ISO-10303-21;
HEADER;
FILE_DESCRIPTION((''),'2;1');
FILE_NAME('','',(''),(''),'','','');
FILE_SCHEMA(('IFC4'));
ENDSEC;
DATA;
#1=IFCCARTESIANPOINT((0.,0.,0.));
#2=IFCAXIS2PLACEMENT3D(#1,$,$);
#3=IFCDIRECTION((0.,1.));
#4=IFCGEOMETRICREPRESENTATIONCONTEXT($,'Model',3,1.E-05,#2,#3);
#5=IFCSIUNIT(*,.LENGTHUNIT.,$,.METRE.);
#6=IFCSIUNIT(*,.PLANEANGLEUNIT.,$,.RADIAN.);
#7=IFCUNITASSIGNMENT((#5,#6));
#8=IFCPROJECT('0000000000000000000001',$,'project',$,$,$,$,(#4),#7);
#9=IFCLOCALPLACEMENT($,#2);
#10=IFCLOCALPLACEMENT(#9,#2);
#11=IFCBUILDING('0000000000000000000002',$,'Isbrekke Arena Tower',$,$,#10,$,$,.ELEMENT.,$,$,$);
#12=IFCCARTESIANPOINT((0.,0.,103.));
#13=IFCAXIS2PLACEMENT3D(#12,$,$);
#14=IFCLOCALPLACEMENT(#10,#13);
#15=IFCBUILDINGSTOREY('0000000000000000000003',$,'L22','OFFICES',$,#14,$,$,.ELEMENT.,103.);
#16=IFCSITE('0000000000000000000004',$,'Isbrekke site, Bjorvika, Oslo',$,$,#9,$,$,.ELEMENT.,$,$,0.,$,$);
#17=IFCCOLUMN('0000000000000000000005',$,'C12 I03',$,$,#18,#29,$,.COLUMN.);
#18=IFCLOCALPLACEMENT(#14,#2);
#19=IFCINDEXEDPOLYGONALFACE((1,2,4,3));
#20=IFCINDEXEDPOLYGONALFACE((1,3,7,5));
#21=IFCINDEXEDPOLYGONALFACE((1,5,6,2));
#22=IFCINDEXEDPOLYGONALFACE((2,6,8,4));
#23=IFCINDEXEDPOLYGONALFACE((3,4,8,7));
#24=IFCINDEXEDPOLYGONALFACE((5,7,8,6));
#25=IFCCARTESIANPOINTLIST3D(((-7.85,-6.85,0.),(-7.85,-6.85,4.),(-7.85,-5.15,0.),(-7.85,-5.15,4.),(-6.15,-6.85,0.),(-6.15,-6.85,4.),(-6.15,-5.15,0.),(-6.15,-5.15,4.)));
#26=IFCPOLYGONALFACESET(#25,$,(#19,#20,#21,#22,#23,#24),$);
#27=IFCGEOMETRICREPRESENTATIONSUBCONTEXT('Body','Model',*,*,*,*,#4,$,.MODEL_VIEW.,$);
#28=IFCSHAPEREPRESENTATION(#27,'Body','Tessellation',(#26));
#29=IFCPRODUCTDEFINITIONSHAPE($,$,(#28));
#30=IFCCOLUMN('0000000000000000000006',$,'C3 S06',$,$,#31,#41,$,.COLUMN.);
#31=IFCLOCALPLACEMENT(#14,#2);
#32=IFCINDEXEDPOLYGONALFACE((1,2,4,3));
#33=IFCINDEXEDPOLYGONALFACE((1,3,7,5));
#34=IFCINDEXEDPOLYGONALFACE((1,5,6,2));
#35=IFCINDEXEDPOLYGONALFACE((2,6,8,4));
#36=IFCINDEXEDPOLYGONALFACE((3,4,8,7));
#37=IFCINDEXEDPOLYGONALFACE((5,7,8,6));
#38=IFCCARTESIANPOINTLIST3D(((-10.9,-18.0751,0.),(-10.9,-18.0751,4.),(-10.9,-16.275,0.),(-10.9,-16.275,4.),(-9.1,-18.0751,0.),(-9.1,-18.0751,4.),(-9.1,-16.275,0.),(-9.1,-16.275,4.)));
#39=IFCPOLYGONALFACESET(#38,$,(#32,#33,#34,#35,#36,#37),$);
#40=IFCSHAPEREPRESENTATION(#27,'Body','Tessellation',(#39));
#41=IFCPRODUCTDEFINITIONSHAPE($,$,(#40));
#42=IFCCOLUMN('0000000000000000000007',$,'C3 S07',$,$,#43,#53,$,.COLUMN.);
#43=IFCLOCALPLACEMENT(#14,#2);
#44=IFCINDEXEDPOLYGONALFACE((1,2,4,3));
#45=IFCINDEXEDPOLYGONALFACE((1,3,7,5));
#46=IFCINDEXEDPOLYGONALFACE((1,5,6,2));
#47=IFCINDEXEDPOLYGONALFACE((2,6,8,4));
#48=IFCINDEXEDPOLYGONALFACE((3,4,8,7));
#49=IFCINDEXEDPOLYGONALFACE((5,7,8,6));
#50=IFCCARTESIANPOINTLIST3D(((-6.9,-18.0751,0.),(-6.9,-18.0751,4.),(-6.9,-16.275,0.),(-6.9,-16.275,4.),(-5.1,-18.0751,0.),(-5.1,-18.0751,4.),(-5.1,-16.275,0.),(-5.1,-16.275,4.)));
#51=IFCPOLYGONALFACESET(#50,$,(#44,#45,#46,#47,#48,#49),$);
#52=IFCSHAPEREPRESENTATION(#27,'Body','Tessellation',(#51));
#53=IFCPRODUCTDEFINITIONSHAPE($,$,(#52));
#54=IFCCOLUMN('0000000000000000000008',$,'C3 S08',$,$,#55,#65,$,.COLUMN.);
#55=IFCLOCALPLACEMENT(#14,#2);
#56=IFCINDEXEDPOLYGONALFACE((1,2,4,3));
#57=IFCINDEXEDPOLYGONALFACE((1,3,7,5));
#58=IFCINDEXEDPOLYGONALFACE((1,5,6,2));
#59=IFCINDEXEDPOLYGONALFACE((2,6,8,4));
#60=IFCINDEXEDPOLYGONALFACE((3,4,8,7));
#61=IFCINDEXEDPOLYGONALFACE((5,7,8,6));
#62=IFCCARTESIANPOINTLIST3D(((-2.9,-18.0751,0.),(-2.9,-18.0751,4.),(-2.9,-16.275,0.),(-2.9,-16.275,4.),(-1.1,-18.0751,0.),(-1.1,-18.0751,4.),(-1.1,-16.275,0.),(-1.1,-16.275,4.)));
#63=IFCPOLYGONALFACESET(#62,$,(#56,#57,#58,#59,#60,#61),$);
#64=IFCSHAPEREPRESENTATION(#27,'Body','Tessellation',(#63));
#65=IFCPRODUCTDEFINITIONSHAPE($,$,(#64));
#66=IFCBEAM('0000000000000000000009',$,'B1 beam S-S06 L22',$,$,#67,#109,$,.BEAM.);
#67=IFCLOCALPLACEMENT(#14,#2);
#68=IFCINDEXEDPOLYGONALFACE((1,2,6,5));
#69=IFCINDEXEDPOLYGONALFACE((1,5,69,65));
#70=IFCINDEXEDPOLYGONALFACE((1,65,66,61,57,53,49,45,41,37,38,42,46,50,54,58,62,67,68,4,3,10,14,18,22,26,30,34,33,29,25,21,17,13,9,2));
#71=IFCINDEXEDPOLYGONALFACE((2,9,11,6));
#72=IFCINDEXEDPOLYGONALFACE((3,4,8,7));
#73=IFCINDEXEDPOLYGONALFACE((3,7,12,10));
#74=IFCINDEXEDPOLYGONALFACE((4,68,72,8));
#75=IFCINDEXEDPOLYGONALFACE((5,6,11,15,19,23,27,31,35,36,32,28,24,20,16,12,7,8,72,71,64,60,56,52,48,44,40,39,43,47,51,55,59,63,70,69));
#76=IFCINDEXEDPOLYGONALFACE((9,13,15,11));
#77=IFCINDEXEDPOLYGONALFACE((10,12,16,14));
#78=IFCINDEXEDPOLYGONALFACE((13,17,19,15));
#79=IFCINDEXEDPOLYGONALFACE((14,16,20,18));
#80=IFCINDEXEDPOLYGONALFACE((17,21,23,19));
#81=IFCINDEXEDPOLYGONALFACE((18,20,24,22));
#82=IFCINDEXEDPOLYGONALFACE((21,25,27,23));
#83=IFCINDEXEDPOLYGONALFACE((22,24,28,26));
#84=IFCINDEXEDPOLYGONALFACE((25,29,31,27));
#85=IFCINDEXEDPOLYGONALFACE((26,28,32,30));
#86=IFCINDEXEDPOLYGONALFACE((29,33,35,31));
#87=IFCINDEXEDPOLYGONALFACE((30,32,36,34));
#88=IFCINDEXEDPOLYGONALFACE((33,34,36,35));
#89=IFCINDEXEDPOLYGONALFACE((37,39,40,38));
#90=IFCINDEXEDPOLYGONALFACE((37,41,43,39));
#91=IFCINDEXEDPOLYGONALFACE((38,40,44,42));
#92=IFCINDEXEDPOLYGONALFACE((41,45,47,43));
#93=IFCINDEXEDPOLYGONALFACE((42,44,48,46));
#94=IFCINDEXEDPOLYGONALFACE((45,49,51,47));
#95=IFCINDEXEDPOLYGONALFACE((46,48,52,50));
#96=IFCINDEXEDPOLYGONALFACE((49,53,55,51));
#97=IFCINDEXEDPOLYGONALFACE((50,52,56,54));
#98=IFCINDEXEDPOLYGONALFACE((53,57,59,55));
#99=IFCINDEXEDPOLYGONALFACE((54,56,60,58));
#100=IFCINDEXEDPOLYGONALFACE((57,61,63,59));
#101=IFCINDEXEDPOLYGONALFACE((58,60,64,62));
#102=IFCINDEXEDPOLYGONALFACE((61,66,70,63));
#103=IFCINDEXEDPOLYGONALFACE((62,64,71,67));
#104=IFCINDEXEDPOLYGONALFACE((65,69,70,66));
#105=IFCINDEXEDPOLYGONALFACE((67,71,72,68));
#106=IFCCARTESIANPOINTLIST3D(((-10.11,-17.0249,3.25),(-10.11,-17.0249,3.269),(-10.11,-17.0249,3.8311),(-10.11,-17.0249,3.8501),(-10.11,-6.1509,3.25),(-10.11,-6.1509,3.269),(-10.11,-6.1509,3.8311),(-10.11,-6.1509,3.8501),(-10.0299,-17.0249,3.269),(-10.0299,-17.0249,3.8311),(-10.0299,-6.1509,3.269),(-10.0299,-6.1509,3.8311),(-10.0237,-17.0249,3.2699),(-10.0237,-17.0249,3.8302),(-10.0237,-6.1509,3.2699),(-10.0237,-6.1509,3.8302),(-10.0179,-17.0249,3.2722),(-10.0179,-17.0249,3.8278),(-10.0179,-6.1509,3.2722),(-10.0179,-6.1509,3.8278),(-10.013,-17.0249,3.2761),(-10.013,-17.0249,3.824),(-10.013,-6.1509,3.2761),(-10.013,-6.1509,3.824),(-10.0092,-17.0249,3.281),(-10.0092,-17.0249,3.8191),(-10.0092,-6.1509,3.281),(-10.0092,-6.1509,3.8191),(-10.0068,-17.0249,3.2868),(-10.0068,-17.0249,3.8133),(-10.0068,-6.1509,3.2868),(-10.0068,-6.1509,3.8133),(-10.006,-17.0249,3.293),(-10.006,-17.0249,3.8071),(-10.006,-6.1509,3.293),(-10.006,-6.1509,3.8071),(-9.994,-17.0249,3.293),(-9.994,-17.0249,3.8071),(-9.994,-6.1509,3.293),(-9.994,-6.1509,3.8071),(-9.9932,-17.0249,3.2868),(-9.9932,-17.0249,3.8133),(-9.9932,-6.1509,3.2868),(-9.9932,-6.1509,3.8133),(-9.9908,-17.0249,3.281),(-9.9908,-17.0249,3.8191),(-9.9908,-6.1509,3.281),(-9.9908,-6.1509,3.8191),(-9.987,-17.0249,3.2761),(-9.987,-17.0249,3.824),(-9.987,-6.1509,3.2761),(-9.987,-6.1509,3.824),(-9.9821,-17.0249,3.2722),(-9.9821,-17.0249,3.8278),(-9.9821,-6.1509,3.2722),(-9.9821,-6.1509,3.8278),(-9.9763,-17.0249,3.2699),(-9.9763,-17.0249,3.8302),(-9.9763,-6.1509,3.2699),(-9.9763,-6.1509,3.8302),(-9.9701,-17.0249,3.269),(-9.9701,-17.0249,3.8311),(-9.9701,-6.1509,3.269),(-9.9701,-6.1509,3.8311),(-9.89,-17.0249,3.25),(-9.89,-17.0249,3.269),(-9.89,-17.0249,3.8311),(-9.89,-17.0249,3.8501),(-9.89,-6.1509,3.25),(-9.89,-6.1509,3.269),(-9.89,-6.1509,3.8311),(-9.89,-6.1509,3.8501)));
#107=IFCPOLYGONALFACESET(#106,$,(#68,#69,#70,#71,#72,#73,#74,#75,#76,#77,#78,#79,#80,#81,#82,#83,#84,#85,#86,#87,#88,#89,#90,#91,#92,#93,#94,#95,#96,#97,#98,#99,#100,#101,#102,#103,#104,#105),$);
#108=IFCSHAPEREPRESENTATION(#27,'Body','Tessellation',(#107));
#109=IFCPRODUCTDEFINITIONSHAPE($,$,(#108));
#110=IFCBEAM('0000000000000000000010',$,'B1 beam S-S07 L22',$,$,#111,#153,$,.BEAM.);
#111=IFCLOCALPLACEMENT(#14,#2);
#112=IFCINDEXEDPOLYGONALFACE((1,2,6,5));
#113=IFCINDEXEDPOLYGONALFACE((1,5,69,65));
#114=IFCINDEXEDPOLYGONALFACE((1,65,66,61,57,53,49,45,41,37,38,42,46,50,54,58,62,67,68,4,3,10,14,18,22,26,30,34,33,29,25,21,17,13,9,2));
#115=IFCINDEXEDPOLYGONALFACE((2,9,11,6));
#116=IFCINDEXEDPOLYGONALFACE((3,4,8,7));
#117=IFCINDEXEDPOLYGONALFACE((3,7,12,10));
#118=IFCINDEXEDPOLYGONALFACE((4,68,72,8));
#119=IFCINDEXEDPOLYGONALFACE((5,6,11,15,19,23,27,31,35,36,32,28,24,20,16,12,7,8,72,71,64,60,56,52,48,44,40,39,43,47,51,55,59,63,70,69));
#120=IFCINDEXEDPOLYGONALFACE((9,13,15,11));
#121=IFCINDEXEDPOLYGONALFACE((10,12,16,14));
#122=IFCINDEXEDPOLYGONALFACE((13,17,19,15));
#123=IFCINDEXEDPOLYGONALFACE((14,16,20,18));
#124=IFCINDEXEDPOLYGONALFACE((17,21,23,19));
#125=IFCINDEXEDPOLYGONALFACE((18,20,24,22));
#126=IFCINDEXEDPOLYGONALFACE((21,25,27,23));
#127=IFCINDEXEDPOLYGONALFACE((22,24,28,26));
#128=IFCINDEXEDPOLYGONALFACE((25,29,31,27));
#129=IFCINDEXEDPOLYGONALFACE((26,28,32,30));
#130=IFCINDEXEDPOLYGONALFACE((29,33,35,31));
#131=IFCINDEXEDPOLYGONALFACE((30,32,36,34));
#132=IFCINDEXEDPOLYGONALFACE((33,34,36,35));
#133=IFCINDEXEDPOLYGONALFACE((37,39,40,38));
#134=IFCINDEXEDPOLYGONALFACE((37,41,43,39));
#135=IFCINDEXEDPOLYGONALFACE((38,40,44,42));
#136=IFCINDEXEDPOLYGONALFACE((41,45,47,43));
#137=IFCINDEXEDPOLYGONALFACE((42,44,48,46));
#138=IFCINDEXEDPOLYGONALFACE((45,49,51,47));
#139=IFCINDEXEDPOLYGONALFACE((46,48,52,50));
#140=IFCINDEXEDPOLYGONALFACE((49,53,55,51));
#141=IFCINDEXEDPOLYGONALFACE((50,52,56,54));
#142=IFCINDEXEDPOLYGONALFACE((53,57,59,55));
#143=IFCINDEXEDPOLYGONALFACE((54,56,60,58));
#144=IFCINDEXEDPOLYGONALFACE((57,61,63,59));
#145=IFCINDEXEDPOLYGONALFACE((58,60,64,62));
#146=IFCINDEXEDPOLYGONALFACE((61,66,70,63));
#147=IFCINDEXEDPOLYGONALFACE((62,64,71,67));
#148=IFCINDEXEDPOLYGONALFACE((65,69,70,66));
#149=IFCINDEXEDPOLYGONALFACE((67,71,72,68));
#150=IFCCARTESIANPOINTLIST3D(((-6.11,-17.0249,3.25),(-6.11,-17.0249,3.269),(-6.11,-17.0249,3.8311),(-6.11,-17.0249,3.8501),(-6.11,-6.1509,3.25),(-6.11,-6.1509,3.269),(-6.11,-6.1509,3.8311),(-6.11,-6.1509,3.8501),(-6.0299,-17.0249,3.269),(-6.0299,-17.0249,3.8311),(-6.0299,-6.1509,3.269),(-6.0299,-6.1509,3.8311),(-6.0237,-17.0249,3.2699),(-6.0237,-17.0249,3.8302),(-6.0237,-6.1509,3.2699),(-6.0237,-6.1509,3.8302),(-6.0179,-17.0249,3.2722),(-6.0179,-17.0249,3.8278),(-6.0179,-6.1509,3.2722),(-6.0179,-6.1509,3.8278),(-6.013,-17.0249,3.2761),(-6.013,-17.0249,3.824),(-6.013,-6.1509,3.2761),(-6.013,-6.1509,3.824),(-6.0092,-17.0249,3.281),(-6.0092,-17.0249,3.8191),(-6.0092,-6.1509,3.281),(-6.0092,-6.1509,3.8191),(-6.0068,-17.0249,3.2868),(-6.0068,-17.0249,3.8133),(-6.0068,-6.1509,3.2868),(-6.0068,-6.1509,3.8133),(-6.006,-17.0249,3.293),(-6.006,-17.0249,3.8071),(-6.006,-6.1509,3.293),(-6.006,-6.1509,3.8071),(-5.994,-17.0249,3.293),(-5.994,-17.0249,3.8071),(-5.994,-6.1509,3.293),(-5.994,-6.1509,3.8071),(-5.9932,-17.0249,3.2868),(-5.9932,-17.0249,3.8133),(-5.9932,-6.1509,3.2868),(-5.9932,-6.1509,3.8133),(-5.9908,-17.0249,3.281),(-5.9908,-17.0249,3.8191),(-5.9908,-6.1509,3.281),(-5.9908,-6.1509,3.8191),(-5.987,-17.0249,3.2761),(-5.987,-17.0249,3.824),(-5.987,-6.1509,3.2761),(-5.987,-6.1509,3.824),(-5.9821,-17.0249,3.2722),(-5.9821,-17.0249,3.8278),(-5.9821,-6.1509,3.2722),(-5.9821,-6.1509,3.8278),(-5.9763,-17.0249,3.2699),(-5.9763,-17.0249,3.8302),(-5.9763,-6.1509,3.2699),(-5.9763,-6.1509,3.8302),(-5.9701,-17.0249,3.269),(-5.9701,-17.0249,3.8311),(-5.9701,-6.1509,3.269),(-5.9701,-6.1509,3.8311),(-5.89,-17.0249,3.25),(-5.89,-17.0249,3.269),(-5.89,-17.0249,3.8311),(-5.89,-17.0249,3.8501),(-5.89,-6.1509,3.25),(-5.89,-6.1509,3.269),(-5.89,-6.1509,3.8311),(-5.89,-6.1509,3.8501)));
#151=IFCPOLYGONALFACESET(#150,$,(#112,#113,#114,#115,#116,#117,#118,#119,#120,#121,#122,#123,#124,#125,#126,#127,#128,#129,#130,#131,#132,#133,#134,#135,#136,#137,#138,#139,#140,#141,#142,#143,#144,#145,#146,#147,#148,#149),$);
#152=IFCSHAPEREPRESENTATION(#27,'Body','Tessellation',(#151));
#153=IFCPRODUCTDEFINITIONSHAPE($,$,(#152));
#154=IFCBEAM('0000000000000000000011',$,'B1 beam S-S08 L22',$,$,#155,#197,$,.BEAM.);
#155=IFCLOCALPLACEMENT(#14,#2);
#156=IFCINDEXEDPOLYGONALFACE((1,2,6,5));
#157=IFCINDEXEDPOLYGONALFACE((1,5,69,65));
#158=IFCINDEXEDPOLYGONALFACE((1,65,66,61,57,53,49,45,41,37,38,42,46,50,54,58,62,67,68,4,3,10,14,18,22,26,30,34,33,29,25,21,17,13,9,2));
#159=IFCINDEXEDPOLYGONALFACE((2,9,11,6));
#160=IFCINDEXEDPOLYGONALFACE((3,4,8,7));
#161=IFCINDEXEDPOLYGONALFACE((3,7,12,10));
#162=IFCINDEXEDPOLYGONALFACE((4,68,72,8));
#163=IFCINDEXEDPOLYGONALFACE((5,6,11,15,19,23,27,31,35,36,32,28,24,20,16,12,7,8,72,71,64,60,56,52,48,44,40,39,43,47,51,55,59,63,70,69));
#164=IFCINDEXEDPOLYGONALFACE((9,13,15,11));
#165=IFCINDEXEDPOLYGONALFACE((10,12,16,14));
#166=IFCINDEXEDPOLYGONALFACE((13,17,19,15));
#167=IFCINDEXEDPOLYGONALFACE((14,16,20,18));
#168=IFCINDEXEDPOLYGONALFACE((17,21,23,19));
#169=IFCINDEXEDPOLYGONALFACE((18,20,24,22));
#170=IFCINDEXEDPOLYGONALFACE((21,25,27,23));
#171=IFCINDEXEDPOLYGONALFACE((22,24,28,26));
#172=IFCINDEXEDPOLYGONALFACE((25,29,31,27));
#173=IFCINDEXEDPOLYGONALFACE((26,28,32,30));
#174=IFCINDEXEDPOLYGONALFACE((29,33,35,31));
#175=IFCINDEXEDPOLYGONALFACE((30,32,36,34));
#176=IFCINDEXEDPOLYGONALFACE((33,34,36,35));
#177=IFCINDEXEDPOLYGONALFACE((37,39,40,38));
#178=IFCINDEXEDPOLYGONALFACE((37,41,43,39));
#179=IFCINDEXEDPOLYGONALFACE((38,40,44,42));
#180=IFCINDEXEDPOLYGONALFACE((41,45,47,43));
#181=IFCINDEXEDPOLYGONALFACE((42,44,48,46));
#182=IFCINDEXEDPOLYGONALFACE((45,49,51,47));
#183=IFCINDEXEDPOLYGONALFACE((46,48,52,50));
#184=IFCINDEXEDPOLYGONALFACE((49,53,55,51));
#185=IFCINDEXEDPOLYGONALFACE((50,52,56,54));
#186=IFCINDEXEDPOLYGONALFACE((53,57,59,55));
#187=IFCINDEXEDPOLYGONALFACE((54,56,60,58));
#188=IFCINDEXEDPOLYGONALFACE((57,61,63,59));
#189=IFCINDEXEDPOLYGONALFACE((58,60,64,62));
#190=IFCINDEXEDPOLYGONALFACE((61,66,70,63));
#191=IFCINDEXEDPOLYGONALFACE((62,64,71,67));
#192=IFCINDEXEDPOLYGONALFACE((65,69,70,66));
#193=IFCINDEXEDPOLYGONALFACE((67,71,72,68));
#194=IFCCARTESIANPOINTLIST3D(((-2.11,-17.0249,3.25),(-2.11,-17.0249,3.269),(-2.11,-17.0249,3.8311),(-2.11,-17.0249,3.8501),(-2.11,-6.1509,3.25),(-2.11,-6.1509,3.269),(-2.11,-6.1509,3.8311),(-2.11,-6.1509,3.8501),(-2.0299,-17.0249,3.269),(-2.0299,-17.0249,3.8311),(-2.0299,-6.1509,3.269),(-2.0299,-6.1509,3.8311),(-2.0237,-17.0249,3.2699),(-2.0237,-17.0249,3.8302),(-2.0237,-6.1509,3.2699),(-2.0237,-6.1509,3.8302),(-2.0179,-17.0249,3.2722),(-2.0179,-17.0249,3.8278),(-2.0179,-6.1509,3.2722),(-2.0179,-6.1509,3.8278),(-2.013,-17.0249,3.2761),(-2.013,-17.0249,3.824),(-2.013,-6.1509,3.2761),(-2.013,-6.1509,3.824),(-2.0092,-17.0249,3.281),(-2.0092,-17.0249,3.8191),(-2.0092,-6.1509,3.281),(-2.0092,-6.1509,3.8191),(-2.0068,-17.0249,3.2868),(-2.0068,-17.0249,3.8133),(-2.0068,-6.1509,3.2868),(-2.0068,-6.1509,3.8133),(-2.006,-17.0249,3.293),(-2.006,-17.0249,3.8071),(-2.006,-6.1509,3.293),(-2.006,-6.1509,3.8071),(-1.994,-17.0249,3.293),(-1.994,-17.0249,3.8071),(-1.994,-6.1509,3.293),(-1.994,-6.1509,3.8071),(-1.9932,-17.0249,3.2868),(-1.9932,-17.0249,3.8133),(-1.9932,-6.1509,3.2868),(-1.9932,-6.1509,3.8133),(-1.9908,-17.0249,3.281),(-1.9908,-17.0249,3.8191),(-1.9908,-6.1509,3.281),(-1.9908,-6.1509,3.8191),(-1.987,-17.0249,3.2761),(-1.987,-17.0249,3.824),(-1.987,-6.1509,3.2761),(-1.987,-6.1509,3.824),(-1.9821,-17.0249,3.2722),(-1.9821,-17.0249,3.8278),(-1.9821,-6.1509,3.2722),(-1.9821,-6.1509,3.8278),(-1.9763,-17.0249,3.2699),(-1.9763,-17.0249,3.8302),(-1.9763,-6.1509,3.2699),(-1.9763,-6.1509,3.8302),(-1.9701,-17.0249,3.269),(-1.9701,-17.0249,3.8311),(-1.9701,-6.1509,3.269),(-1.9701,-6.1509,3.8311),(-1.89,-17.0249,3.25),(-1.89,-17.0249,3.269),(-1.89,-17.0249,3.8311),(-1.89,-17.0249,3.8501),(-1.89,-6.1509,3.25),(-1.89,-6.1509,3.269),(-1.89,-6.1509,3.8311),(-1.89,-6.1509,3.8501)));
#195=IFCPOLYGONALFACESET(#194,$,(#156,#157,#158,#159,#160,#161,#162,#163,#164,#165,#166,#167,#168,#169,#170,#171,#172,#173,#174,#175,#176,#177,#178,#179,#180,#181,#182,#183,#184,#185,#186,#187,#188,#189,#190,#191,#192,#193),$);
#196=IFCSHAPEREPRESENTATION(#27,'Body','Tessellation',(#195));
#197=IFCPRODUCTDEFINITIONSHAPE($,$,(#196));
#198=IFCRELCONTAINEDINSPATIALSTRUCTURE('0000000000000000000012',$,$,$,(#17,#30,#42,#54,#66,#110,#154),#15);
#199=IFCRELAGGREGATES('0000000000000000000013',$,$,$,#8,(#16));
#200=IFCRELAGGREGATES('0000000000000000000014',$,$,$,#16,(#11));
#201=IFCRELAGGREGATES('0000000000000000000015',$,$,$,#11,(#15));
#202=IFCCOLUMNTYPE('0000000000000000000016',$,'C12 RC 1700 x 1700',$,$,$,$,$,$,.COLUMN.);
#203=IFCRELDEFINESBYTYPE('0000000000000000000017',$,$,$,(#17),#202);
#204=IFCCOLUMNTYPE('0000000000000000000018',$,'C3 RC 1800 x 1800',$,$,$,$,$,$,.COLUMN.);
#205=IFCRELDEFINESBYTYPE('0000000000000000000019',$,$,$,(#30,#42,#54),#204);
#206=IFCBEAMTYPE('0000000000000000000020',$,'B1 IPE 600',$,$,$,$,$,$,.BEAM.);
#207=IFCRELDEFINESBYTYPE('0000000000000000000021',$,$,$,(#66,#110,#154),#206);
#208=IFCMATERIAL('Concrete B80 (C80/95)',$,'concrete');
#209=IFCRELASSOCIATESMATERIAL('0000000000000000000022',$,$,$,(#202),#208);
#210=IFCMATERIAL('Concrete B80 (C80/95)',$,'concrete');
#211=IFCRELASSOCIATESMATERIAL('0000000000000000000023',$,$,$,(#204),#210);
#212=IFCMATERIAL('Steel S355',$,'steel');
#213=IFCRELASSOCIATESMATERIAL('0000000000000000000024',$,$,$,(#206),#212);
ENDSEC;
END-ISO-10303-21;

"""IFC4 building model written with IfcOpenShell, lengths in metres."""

from ifc_helpers import new_model, si_unit, direction, frame, origin, origin_2d, place, context, subcontext, project, spatial, rectangle, i_section, extrude, material, material_profile, profile_set, type_object, element, save


model = new_model("IFC4")

# Units and contexts
model_context = context("Model", 3, precision=1e-05, world=origin(), true_north=direction((0.0, 1.0)))
body_context = subcontext(model_context, "Body", "Model", "MODEL_VIEW")
ifc_project = project(units=[si_unit("LENGTHUNIT", "METRE"), si_unit("PLANEANGLEUNIT", "RADIAN")], contexts=[model_context])

# Site, building, storey
site_placement = place(None, origin())
site = spatial("IfcSite", under=ifc_project, at=site_placement, Name="Isbrekke site, Bjorvika, Oslo", CompositionType="ELEMENT", RefElevation=0.0)
building_placement = place(site_placement, origin())
building = spatial("IfcBuilding", under=site, at=building_placement, Name="Isbrekke Arena Tower", CompositionType="ELEMENT")
storey_placement = place(building_placement, frame((0.0, 0.0, 103.0)))
storey = spatial("IfcBuildingStorey", under=building, at=storey_placement, Name="L22", Description="OFFICES", CompositionType="ELEMENT", Elevation=103.0)

# Columns
ifc_material_1 = material(Name="Concrete B80 (C80/95)", Category="concrete")
ifc_material_profile_1 = material_profile(ifc_material_1, rectangle(XDim=1.7, YDim=1.7, at=origin_2d()), Name="RC 1700x1700")
ifc_profile_set_1 = profile_set([ifc_material_profile_1], Name="Concrete B80 (C80/95)")
column_type_1 = type_object("IfcColumnType", Name="C12 RC 1700 x 1700", PredefinedType="COLUMN", material=ifc_profile_set_1)
column_placement = place(storey_placement, frame((-7.0, -6.0, 0.0), z_axis=(0.0, 0.0, 1.0), x_axis=(1.0, 0.0, 0.0)))
element("IfcColumn", 1, at=column_placement, inside=storey, type_object=column_type_1, Name="C12 I03", PredefinedType="COLUMN", context=body_context, shape_type="SweptSolid", body=[
    extrude(rectangle(XDim=1.7, YDim=1.7, at=origin_2d()), origin(), (0.0, 0.0, 1.0), 4.0),
])
ifc_material_2 = material(Name="Concrete B80 (C80/95)", Category="concrete")
ifc_material_profile_2 = material_profile(ifc_material_2, rectangle(XDim=1.8, YDim=1.8, at=origin_2d()), Name="RC 1800x1800")
ifc_profile_set_2 = profile_set([ifc_material_profile_2], Name="Concrete B80 (C80/95)")
column_type_2 = type_object("IfcColumnType", Name="C3 RC 1800 x 1800", PredefinedType="COLUMN", material=ifc_profile_set_2)
for number, where, z_axis, x_axis, name in (
    (2, (-10.0, -17.175, 0.0), (0.0, 0.0, 1.0), (1.0, 0.0, 0.0), "C3 S06"),
    (3, (-6.0, -17.175, 0.0), (0.0, 0.0, 1.0), (1.0, 0.0, 0.0), "C3 S07"),
    (4, (-2.0, -17.175, 0.0), (0.0, 0.0, 1.0), (1.0, 0.0, 0.0), "C3 S08"),
):
    element("IfcColumn", number, at=place(storey_placement, frame(where, z_axis=z_axis, x_axis=x_axis)), inside=storey, type_object=column_type_2, Name=name, PredefinedType="COLUMN", context=body_context, shape_type="SweptSolid", body=[
        extrude(rectangle(XDim=1.8, YDim=1.8, at=origin_2d()), origin(), (0.0, 0.0, 1.0), 4.0),
    ])

# Beams
ifc_material_3 = material(Name="Steel S355", Category="steel")
ifc_material_profile_3 = material_profile(ifc_material_3, i_section(OverallWidth=0.22, OverallDepth=0.6001, WebThickness=0.012, FlangeThickness=0.019, FilletRadius=0.0239, at=origin_2d()), Name="IPE 600")
ifc_profile_set_3 = profile_set([ifc_material_profile_3], Name="Steel S355")
beam_type_1 = type_object("IfcBeamType", Name="B1 IPE 600", PredefinedType="BEAM", material=ifc_profile_set_3)
for number, where, z_axis, x_axis, name in (
    (5, (-10.0, -17.0249, 3.55), (0.0, 1.0, 0.0), (-1.0, 0.0, 0.0), "B1 beam S-S06 L22"),
    (6, (-6.0, -17.0249, 3.55), (0.0, 1.0, 0.0), (-1.0, 0.0, 0.0), "B1 beam S-S07 L22"),
    (7, (-2.0, -17.0249, 3.55), (0.0, 1.0, 0.0), (-1.0, 0.0, 0.0), "B1 beam S-S08 L22"),
):
    element("IfcBeam", number, at=place(storey_placement, frame(where, z_axis=z_axis, x_axis=x_axis)), inside=storey, type_object=beam_type_1, Name=name, PredefinedType="BEAM", context=body_context, shape_type="SweptSolid", body=[
        extrude(i_section(OverallWidth=0.22, OverallDepth=0.6001, WebThickness=0.012, FlangeThickness=0.019, FilletRadius=0.0239, at=origin_2d()), origin(), (0.0, 0.0, 1.0), 10.874),
    ])

save(model, "model.ifc")
